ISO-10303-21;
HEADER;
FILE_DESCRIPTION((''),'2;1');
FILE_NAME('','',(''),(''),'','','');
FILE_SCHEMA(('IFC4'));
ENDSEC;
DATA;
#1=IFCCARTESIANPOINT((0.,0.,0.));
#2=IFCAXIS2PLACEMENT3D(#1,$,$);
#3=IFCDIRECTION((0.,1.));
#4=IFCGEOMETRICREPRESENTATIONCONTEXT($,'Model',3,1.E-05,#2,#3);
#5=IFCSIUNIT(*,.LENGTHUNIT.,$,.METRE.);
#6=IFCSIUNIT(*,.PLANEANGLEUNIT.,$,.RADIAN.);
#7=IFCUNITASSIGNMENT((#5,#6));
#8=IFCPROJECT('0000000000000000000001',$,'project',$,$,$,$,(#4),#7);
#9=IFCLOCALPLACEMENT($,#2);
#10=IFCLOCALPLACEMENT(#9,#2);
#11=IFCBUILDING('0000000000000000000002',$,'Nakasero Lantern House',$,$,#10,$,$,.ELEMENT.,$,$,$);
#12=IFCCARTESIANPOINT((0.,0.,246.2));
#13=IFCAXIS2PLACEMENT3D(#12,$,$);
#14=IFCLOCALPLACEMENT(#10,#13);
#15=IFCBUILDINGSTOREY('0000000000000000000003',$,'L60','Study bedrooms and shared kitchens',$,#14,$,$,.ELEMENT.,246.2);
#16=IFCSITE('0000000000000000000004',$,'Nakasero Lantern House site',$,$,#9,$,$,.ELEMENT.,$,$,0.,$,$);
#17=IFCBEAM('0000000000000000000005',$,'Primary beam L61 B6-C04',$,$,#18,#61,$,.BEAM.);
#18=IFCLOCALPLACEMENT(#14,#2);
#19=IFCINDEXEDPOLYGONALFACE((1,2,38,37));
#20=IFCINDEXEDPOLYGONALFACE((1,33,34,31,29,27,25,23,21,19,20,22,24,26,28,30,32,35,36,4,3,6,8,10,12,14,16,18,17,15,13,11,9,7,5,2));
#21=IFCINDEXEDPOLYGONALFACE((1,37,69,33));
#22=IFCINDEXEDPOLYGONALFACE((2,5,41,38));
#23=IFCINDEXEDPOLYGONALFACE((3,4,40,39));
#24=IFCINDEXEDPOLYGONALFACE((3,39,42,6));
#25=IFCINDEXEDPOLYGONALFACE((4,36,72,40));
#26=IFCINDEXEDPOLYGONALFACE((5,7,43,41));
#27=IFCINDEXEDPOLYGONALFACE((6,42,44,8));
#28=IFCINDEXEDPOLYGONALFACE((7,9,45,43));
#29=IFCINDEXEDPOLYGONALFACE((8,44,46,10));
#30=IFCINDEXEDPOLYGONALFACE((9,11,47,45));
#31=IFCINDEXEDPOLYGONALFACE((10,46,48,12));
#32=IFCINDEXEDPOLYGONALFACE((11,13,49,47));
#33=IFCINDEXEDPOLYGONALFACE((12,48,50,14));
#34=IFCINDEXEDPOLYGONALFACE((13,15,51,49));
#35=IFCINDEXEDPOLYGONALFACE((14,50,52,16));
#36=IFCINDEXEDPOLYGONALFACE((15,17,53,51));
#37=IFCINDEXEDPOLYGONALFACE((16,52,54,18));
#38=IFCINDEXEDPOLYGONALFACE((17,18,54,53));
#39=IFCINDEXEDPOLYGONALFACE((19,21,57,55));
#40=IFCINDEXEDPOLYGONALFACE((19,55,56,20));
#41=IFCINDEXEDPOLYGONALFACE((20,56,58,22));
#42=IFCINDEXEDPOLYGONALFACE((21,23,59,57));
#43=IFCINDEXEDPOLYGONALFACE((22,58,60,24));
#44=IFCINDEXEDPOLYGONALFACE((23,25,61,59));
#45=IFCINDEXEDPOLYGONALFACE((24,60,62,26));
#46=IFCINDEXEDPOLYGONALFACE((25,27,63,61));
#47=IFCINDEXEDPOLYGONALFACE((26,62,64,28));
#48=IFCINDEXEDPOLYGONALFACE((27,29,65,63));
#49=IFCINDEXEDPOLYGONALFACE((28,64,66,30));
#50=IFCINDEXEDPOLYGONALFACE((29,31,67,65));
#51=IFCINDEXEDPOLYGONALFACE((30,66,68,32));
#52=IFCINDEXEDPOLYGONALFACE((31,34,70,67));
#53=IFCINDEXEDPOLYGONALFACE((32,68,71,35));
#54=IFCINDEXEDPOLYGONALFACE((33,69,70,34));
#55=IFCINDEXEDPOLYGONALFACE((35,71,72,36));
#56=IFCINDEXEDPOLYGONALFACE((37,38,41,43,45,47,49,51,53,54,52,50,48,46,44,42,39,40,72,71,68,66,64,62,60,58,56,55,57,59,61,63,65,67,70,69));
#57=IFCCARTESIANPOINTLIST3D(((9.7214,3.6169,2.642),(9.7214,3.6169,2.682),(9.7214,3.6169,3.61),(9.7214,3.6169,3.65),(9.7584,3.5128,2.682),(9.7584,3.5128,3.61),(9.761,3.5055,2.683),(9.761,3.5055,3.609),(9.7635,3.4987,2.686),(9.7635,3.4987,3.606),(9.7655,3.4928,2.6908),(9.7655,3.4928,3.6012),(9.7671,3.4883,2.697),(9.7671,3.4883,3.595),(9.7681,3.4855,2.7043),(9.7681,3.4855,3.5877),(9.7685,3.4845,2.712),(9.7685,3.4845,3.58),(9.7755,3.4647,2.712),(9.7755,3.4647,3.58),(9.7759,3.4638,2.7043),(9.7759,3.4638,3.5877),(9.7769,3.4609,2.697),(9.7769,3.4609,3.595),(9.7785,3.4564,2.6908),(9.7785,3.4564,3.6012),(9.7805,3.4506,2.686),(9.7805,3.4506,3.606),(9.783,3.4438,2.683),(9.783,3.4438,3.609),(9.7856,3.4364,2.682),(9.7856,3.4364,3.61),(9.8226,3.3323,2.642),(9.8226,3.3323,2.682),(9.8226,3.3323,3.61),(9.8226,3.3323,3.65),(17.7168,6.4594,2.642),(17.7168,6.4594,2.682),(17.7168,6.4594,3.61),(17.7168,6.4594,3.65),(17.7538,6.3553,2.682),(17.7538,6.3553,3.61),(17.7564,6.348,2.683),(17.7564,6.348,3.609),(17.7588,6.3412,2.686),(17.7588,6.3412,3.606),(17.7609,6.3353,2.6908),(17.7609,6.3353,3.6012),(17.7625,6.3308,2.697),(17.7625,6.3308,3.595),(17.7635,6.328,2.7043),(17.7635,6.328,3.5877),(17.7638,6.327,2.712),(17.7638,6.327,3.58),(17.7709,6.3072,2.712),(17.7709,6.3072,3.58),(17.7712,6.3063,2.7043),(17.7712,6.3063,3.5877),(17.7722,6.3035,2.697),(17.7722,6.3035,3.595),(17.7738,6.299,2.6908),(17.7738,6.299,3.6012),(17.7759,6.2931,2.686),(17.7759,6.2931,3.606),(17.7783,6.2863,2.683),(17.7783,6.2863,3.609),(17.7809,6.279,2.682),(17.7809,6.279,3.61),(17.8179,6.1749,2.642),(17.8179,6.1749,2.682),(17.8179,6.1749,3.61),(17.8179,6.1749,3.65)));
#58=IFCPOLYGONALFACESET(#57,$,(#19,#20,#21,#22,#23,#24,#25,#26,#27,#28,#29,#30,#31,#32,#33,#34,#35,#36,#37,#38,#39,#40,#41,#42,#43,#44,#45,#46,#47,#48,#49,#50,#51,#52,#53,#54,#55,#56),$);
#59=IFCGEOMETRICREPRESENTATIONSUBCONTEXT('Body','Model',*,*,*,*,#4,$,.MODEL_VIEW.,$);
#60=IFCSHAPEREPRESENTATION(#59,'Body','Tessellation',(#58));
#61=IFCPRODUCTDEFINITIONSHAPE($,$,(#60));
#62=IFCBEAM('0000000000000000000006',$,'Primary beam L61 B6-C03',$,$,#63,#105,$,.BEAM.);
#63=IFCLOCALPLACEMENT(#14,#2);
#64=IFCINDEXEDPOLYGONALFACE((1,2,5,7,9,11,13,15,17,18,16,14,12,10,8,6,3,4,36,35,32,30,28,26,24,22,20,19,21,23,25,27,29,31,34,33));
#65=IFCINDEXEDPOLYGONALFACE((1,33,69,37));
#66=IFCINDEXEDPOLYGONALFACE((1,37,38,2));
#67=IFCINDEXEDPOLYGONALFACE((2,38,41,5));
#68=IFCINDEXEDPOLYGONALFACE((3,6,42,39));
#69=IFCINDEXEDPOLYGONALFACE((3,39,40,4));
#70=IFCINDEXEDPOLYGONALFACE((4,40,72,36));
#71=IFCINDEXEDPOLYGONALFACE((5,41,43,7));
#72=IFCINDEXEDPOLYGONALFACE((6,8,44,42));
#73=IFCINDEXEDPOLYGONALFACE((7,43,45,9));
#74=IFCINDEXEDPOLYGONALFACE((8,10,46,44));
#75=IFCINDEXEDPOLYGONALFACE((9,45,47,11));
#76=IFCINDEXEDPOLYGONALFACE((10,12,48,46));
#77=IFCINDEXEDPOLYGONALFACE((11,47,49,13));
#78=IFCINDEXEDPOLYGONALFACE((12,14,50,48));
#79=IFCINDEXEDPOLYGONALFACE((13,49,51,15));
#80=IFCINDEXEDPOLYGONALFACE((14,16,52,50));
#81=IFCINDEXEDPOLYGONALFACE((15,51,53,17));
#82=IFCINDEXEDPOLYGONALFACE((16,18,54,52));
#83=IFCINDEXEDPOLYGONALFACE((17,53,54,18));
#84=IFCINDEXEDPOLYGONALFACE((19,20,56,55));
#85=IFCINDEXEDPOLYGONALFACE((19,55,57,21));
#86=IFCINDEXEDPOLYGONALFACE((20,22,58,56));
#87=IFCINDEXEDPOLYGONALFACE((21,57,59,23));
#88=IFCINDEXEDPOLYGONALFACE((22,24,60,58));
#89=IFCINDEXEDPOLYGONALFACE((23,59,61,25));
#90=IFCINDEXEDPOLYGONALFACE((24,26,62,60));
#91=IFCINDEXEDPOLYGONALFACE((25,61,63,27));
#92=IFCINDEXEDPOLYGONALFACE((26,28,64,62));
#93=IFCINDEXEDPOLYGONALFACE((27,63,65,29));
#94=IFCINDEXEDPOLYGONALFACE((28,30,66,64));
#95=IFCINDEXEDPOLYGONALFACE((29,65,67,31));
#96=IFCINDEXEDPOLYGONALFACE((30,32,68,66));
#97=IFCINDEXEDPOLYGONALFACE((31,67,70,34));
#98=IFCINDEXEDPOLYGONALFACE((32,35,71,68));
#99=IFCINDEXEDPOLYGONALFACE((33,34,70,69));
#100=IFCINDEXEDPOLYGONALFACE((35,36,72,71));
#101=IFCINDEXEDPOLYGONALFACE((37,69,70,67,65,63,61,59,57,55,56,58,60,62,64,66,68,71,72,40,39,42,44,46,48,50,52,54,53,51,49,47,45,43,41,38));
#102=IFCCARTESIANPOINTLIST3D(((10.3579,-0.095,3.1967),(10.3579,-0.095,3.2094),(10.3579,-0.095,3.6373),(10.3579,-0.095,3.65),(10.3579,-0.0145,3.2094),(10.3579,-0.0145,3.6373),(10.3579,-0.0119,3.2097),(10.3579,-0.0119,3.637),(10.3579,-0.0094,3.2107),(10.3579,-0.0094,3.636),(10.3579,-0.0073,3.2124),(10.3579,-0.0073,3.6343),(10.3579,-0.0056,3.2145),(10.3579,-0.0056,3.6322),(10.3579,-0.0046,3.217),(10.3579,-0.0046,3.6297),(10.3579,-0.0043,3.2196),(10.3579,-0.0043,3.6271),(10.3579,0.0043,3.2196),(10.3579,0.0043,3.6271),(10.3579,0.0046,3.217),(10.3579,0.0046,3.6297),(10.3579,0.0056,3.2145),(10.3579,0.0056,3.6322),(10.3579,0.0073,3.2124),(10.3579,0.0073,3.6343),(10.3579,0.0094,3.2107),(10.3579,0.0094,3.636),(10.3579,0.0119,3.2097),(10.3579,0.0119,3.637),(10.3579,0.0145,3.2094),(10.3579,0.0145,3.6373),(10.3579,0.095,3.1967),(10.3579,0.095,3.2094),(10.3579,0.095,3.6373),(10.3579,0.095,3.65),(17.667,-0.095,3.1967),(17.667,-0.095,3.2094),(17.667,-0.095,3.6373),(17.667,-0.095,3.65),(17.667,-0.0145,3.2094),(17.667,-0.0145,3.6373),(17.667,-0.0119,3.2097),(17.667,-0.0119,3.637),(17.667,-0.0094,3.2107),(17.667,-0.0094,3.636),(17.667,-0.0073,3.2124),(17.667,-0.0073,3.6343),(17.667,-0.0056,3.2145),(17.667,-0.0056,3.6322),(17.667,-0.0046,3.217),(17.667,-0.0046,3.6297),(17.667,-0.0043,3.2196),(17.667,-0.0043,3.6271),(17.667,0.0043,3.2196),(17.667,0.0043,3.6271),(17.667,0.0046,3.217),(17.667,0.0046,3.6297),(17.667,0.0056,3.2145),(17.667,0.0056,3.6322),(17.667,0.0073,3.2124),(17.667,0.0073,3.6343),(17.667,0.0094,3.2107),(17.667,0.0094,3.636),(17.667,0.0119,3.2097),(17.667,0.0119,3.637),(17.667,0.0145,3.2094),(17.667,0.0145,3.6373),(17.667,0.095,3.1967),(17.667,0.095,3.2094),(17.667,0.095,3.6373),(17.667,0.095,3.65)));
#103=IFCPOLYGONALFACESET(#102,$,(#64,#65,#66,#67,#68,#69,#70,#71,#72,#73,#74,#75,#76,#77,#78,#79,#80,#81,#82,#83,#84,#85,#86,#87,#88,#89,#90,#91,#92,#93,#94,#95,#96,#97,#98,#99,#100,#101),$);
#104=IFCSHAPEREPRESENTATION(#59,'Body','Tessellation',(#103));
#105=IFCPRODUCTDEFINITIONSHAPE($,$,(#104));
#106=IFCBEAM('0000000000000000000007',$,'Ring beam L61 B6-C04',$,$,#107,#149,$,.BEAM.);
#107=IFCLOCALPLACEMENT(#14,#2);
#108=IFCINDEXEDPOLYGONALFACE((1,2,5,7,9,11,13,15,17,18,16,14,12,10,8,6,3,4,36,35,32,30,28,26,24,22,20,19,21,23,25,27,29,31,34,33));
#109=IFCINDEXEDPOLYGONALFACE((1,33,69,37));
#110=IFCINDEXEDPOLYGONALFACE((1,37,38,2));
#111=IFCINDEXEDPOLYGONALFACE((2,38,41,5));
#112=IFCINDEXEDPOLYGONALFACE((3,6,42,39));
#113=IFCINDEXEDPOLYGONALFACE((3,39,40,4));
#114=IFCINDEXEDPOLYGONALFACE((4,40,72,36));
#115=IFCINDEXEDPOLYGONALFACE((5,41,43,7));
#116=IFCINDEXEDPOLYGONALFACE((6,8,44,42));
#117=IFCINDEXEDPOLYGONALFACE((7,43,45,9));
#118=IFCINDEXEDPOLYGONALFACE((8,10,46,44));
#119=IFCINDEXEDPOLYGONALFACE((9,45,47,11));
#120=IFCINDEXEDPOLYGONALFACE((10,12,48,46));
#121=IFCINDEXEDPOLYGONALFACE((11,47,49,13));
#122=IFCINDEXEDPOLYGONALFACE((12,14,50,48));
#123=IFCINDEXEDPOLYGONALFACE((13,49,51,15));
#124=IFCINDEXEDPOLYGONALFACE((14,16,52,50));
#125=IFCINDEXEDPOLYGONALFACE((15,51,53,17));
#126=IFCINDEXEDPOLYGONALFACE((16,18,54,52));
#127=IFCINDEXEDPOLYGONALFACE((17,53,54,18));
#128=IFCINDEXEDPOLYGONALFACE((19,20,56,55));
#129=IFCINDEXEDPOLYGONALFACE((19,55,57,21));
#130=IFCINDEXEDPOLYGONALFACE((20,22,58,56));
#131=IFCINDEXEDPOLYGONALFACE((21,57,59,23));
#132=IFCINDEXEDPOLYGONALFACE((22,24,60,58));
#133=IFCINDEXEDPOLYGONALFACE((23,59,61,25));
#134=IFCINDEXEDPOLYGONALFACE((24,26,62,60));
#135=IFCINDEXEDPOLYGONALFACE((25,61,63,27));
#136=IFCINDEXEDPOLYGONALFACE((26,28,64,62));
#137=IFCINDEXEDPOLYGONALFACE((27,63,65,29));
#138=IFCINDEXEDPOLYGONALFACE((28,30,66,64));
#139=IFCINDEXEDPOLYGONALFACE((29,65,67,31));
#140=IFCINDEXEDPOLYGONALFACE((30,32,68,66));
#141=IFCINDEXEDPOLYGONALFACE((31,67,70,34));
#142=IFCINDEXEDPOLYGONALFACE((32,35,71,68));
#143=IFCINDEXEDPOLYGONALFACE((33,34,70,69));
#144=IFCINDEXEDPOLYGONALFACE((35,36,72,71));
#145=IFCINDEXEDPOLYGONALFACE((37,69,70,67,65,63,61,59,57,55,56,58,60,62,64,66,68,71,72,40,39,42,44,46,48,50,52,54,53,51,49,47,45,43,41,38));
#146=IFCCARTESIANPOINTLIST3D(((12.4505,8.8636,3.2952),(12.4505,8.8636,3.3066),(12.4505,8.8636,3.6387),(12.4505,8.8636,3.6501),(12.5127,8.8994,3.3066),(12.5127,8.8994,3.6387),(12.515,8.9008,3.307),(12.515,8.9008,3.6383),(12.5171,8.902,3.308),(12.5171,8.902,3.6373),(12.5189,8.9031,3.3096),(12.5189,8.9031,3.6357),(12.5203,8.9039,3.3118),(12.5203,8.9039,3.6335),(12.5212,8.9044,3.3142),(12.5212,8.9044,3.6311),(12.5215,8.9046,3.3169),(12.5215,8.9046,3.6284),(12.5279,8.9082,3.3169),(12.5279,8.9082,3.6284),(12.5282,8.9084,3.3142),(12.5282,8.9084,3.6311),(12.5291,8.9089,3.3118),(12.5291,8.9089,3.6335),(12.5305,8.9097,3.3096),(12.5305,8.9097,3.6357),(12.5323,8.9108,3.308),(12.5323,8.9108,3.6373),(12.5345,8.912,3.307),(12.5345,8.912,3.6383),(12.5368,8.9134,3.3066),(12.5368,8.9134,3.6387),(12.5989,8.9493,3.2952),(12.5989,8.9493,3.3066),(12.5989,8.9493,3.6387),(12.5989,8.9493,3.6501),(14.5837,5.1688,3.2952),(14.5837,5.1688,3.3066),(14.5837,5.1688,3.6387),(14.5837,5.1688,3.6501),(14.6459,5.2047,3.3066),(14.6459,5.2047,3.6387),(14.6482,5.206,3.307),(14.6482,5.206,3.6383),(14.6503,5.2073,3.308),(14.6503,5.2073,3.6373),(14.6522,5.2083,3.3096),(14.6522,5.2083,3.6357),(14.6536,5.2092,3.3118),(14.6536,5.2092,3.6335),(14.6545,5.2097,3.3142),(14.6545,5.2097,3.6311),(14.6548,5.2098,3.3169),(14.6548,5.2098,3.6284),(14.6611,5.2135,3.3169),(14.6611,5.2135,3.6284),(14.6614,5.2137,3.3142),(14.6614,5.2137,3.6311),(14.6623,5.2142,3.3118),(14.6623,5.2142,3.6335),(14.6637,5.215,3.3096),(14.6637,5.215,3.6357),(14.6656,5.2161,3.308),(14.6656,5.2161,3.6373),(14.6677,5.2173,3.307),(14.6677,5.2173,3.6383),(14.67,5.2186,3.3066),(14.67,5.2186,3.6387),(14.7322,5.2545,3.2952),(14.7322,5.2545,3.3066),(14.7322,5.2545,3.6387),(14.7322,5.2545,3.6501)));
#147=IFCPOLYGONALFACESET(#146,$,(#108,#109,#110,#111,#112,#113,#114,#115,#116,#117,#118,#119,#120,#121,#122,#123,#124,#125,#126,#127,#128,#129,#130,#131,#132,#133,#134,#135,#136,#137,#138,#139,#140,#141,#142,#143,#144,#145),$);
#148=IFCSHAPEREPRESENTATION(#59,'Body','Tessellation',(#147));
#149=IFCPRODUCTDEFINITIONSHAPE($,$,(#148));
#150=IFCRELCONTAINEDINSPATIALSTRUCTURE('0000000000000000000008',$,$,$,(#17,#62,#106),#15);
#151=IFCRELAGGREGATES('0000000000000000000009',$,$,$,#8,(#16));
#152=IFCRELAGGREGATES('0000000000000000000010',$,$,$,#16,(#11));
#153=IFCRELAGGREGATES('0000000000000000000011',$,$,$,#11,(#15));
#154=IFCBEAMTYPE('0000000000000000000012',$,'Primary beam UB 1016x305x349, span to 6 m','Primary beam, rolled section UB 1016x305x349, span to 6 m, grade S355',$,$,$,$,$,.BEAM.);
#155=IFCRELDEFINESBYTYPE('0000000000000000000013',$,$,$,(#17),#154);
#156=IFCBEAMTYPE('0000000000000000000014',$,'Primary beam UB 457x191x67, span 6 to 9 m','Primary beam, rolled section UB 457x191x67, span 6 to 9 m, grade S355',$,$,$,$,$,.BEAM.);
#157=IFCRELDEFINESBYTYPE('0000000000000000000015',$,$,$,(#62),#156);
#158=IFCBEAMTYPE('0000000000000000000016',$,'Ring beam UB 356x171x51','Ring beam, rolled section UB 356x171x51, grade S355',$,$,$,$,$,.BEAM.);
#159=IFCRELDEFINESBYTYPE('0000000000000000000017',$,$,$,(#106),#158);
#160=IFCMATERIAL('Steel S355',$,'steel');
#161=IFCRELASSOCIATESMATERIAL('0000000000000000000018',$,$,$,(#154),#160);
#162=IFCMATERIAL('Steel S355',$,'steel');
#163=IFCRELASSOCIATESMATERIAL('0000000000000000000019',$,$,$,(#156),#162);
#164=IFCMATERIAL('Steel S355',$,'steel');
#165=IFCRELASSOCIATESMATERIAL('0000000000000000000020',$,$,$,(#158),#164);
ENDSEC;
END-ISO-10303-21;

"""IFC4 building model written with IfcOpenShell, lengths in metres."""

from ifc_helpers import new_model, si_unit, direction, frame, origin, origin_2d, place, context, subcontext, project, spatial, i_section, extrude, material, material_profile, profile_set, type_object, element, save


model = new_model("IFC4")

# Units and contexts
model_context = context("Model", 3, precision=1e-05, world=origin(), true_north=direction((0.0, 1.0)))
body_context = subcontext(model_context, "Body", "Model", "MODEL_VIEW")
ifc_project = project(units=[si_unit("LENGTHUNIT", "METRE"), si_unit("PLANEANGLEUNIT", "RADIAN")], contexts=[model_context])

# Site, building, storey
site_placement = place(None, origin())
site = spatial("IfcSite", under=ifc_project, at=site_placement, Name="Nakasero Lantern House site", CompositionType="ELEMENT", RefElevation=0.0)
building_placement = place(site_placement, origin())
building = spatial("IfcBuilding", under=site, at=building_placement, Name="Nakasero Lantern House", CompositionType="ELEMENT")
storey_placement = place(building_placement, frame((0.0, 0.0, 246.2)))
storey = spatial("IfcBuildingStorey", under=building, at=storey_placement, Name="L60", Description="Study bedrooms and shared kitchens", CompositionType="ELEMENT", Elevation=246.2)

# Beams
ifc_material_1 = material(Name="Steel S355", Category="steel")
ifc_material_profile_1 = material_profile(ifc_material_1, i_section(OverallWidth=0.302, OverallDepth=1.0081, WebThickness=0.021, FlangeThickness=0.04, FilletRadius=0.03, at=origin_2d()), Name="UB 1016x305x349")
ifc_profile_set_1 = profile_set([ifc_material_profile_1], Name="Steel S355")
beam_type_1 = type_object("IfcBeamType", Name="Primary beam UB 1016x305x349, span to 6 m", Description="Primary beam, rolled section UB 1016x305x349, span to 6 m, grade S355", PredefinedType="BEAM", material=ifc_profile_set_1)
beam_1_placement = place(storey_placement, frame((17.7673, 6.3171, 3.146), z_axis=(-0.942225, -0.334982, 0.0), x_axis=(0.334982, -0.942225, 0.0)))
element("IfcBeam", 1, at=beam_1_placement, inside=storey, type_object=beam_type_1, Name="Primary beam L61 B6-C04", PredefinedType="BEAM", context=body_context, shape_type="SweptSolid", body=[
    extrude(i_section(OverallWidth=0.302, OverallDepth=1.0081, WebThickness=0.021, FlangeThickness=0.04, FilletRadius=0.03, at=origin_2d()), origin(), (0.0, 0.0, 1.0), 8.4856),
])
ifc_material_2 = material(Name="Steel S355", Category="steel")
ifc_material_profile_2 = material_profile(ifc_material_2, i_section(OverallWidth=0.1899, OverallDepth=0.4534, WebThickness=0.0085, FlangeThickness=0.0127, FilletRadius=0.0103, at=origin_2d()), Name="UB 457x191x67")
ifc_profile_set_2 = profile_set([ifc_material_profile_2], Name="Steel S355")
beam_type_2 = type_object("IfcBeamType", Name="Primary beam UB 457x191x67, span 6 to 9 m", Description="Primary beam, rolled section UB 457x191x67, span 6 to 9 m, grade S355", PredefinedType="BEAM", material=ifc_profile_set_2)
beam_2_placement = place(storey_placement, frame((17.667, 0.0, 3.4233), z_axis=(-1.0, 0.0, 0.0), x_axis=(0.0, -1.0, 0.0)))
element("IfcBeam", 2, at=beam_2_placement, inside=storey, type_object=beam_type_2, Name="Primary beam L61 B6-C03", PredefinedType="BEAM", context=body_context, shape_type="SweptSolid", body=[
    extrude(i_section(OverallWidth=0.1899, OverallDepth=0.4534, WebThickness=0.0085, FlangeThickness=0.0127, FilletRadius=0.0103, at=origin_2d()), origin(), (0.0, 0.0, 1.0), 7.3091),
])
ifc_material_3 = material(Name="Steel S355", Category="steel")
ifc_material_profile_3 = material_profile(ifc_material_3, i_section(OverallWidth=0.1714, OverallDepth=0.355, WebThickness=0.0073, FlangeThickness=0.0115, FilletRadius=0.0103, at=origin_2d()), Name="UB 356x171x51")
ifc_profile_set_3 = profile_set([ifc_material_profile_3], Name="Steel S355")
beam_type_3 = type_object("IfcBeamType", Name="Ring beam UB 356x171x51", Description="Ring beam, rolled section UB 356x171x51, grade S355", PredefinedType="BEAM", material=ifc_profile_set_3)
beam_3_placement = place(storey_placement, frame((14.658, 5.2117, 3.4727), z_axis=(-0.500016, 0.866016, 0.0), x_axis=(-0.866016, -0.500016, 0.0)))
element("IfcBeam", 3, at=beam_3_placement, inside=storey, type_object=beam_type_3, Name="Ring beam L61 B6-C04", PredefinedType="BEAM", context=body_context, shape_type="SweptSolid", body=[
    extrude(i_section(OverallWidth=0.1714, OverallDepth=0.355, WebThickness=0.0073, FlangeThickness=0.0115, FilletRadius=0.0103, at=origin_2d()), origin(), (0.0, 0.0, 1.0), 4.2664),
])

save(model, "model.ifc")
